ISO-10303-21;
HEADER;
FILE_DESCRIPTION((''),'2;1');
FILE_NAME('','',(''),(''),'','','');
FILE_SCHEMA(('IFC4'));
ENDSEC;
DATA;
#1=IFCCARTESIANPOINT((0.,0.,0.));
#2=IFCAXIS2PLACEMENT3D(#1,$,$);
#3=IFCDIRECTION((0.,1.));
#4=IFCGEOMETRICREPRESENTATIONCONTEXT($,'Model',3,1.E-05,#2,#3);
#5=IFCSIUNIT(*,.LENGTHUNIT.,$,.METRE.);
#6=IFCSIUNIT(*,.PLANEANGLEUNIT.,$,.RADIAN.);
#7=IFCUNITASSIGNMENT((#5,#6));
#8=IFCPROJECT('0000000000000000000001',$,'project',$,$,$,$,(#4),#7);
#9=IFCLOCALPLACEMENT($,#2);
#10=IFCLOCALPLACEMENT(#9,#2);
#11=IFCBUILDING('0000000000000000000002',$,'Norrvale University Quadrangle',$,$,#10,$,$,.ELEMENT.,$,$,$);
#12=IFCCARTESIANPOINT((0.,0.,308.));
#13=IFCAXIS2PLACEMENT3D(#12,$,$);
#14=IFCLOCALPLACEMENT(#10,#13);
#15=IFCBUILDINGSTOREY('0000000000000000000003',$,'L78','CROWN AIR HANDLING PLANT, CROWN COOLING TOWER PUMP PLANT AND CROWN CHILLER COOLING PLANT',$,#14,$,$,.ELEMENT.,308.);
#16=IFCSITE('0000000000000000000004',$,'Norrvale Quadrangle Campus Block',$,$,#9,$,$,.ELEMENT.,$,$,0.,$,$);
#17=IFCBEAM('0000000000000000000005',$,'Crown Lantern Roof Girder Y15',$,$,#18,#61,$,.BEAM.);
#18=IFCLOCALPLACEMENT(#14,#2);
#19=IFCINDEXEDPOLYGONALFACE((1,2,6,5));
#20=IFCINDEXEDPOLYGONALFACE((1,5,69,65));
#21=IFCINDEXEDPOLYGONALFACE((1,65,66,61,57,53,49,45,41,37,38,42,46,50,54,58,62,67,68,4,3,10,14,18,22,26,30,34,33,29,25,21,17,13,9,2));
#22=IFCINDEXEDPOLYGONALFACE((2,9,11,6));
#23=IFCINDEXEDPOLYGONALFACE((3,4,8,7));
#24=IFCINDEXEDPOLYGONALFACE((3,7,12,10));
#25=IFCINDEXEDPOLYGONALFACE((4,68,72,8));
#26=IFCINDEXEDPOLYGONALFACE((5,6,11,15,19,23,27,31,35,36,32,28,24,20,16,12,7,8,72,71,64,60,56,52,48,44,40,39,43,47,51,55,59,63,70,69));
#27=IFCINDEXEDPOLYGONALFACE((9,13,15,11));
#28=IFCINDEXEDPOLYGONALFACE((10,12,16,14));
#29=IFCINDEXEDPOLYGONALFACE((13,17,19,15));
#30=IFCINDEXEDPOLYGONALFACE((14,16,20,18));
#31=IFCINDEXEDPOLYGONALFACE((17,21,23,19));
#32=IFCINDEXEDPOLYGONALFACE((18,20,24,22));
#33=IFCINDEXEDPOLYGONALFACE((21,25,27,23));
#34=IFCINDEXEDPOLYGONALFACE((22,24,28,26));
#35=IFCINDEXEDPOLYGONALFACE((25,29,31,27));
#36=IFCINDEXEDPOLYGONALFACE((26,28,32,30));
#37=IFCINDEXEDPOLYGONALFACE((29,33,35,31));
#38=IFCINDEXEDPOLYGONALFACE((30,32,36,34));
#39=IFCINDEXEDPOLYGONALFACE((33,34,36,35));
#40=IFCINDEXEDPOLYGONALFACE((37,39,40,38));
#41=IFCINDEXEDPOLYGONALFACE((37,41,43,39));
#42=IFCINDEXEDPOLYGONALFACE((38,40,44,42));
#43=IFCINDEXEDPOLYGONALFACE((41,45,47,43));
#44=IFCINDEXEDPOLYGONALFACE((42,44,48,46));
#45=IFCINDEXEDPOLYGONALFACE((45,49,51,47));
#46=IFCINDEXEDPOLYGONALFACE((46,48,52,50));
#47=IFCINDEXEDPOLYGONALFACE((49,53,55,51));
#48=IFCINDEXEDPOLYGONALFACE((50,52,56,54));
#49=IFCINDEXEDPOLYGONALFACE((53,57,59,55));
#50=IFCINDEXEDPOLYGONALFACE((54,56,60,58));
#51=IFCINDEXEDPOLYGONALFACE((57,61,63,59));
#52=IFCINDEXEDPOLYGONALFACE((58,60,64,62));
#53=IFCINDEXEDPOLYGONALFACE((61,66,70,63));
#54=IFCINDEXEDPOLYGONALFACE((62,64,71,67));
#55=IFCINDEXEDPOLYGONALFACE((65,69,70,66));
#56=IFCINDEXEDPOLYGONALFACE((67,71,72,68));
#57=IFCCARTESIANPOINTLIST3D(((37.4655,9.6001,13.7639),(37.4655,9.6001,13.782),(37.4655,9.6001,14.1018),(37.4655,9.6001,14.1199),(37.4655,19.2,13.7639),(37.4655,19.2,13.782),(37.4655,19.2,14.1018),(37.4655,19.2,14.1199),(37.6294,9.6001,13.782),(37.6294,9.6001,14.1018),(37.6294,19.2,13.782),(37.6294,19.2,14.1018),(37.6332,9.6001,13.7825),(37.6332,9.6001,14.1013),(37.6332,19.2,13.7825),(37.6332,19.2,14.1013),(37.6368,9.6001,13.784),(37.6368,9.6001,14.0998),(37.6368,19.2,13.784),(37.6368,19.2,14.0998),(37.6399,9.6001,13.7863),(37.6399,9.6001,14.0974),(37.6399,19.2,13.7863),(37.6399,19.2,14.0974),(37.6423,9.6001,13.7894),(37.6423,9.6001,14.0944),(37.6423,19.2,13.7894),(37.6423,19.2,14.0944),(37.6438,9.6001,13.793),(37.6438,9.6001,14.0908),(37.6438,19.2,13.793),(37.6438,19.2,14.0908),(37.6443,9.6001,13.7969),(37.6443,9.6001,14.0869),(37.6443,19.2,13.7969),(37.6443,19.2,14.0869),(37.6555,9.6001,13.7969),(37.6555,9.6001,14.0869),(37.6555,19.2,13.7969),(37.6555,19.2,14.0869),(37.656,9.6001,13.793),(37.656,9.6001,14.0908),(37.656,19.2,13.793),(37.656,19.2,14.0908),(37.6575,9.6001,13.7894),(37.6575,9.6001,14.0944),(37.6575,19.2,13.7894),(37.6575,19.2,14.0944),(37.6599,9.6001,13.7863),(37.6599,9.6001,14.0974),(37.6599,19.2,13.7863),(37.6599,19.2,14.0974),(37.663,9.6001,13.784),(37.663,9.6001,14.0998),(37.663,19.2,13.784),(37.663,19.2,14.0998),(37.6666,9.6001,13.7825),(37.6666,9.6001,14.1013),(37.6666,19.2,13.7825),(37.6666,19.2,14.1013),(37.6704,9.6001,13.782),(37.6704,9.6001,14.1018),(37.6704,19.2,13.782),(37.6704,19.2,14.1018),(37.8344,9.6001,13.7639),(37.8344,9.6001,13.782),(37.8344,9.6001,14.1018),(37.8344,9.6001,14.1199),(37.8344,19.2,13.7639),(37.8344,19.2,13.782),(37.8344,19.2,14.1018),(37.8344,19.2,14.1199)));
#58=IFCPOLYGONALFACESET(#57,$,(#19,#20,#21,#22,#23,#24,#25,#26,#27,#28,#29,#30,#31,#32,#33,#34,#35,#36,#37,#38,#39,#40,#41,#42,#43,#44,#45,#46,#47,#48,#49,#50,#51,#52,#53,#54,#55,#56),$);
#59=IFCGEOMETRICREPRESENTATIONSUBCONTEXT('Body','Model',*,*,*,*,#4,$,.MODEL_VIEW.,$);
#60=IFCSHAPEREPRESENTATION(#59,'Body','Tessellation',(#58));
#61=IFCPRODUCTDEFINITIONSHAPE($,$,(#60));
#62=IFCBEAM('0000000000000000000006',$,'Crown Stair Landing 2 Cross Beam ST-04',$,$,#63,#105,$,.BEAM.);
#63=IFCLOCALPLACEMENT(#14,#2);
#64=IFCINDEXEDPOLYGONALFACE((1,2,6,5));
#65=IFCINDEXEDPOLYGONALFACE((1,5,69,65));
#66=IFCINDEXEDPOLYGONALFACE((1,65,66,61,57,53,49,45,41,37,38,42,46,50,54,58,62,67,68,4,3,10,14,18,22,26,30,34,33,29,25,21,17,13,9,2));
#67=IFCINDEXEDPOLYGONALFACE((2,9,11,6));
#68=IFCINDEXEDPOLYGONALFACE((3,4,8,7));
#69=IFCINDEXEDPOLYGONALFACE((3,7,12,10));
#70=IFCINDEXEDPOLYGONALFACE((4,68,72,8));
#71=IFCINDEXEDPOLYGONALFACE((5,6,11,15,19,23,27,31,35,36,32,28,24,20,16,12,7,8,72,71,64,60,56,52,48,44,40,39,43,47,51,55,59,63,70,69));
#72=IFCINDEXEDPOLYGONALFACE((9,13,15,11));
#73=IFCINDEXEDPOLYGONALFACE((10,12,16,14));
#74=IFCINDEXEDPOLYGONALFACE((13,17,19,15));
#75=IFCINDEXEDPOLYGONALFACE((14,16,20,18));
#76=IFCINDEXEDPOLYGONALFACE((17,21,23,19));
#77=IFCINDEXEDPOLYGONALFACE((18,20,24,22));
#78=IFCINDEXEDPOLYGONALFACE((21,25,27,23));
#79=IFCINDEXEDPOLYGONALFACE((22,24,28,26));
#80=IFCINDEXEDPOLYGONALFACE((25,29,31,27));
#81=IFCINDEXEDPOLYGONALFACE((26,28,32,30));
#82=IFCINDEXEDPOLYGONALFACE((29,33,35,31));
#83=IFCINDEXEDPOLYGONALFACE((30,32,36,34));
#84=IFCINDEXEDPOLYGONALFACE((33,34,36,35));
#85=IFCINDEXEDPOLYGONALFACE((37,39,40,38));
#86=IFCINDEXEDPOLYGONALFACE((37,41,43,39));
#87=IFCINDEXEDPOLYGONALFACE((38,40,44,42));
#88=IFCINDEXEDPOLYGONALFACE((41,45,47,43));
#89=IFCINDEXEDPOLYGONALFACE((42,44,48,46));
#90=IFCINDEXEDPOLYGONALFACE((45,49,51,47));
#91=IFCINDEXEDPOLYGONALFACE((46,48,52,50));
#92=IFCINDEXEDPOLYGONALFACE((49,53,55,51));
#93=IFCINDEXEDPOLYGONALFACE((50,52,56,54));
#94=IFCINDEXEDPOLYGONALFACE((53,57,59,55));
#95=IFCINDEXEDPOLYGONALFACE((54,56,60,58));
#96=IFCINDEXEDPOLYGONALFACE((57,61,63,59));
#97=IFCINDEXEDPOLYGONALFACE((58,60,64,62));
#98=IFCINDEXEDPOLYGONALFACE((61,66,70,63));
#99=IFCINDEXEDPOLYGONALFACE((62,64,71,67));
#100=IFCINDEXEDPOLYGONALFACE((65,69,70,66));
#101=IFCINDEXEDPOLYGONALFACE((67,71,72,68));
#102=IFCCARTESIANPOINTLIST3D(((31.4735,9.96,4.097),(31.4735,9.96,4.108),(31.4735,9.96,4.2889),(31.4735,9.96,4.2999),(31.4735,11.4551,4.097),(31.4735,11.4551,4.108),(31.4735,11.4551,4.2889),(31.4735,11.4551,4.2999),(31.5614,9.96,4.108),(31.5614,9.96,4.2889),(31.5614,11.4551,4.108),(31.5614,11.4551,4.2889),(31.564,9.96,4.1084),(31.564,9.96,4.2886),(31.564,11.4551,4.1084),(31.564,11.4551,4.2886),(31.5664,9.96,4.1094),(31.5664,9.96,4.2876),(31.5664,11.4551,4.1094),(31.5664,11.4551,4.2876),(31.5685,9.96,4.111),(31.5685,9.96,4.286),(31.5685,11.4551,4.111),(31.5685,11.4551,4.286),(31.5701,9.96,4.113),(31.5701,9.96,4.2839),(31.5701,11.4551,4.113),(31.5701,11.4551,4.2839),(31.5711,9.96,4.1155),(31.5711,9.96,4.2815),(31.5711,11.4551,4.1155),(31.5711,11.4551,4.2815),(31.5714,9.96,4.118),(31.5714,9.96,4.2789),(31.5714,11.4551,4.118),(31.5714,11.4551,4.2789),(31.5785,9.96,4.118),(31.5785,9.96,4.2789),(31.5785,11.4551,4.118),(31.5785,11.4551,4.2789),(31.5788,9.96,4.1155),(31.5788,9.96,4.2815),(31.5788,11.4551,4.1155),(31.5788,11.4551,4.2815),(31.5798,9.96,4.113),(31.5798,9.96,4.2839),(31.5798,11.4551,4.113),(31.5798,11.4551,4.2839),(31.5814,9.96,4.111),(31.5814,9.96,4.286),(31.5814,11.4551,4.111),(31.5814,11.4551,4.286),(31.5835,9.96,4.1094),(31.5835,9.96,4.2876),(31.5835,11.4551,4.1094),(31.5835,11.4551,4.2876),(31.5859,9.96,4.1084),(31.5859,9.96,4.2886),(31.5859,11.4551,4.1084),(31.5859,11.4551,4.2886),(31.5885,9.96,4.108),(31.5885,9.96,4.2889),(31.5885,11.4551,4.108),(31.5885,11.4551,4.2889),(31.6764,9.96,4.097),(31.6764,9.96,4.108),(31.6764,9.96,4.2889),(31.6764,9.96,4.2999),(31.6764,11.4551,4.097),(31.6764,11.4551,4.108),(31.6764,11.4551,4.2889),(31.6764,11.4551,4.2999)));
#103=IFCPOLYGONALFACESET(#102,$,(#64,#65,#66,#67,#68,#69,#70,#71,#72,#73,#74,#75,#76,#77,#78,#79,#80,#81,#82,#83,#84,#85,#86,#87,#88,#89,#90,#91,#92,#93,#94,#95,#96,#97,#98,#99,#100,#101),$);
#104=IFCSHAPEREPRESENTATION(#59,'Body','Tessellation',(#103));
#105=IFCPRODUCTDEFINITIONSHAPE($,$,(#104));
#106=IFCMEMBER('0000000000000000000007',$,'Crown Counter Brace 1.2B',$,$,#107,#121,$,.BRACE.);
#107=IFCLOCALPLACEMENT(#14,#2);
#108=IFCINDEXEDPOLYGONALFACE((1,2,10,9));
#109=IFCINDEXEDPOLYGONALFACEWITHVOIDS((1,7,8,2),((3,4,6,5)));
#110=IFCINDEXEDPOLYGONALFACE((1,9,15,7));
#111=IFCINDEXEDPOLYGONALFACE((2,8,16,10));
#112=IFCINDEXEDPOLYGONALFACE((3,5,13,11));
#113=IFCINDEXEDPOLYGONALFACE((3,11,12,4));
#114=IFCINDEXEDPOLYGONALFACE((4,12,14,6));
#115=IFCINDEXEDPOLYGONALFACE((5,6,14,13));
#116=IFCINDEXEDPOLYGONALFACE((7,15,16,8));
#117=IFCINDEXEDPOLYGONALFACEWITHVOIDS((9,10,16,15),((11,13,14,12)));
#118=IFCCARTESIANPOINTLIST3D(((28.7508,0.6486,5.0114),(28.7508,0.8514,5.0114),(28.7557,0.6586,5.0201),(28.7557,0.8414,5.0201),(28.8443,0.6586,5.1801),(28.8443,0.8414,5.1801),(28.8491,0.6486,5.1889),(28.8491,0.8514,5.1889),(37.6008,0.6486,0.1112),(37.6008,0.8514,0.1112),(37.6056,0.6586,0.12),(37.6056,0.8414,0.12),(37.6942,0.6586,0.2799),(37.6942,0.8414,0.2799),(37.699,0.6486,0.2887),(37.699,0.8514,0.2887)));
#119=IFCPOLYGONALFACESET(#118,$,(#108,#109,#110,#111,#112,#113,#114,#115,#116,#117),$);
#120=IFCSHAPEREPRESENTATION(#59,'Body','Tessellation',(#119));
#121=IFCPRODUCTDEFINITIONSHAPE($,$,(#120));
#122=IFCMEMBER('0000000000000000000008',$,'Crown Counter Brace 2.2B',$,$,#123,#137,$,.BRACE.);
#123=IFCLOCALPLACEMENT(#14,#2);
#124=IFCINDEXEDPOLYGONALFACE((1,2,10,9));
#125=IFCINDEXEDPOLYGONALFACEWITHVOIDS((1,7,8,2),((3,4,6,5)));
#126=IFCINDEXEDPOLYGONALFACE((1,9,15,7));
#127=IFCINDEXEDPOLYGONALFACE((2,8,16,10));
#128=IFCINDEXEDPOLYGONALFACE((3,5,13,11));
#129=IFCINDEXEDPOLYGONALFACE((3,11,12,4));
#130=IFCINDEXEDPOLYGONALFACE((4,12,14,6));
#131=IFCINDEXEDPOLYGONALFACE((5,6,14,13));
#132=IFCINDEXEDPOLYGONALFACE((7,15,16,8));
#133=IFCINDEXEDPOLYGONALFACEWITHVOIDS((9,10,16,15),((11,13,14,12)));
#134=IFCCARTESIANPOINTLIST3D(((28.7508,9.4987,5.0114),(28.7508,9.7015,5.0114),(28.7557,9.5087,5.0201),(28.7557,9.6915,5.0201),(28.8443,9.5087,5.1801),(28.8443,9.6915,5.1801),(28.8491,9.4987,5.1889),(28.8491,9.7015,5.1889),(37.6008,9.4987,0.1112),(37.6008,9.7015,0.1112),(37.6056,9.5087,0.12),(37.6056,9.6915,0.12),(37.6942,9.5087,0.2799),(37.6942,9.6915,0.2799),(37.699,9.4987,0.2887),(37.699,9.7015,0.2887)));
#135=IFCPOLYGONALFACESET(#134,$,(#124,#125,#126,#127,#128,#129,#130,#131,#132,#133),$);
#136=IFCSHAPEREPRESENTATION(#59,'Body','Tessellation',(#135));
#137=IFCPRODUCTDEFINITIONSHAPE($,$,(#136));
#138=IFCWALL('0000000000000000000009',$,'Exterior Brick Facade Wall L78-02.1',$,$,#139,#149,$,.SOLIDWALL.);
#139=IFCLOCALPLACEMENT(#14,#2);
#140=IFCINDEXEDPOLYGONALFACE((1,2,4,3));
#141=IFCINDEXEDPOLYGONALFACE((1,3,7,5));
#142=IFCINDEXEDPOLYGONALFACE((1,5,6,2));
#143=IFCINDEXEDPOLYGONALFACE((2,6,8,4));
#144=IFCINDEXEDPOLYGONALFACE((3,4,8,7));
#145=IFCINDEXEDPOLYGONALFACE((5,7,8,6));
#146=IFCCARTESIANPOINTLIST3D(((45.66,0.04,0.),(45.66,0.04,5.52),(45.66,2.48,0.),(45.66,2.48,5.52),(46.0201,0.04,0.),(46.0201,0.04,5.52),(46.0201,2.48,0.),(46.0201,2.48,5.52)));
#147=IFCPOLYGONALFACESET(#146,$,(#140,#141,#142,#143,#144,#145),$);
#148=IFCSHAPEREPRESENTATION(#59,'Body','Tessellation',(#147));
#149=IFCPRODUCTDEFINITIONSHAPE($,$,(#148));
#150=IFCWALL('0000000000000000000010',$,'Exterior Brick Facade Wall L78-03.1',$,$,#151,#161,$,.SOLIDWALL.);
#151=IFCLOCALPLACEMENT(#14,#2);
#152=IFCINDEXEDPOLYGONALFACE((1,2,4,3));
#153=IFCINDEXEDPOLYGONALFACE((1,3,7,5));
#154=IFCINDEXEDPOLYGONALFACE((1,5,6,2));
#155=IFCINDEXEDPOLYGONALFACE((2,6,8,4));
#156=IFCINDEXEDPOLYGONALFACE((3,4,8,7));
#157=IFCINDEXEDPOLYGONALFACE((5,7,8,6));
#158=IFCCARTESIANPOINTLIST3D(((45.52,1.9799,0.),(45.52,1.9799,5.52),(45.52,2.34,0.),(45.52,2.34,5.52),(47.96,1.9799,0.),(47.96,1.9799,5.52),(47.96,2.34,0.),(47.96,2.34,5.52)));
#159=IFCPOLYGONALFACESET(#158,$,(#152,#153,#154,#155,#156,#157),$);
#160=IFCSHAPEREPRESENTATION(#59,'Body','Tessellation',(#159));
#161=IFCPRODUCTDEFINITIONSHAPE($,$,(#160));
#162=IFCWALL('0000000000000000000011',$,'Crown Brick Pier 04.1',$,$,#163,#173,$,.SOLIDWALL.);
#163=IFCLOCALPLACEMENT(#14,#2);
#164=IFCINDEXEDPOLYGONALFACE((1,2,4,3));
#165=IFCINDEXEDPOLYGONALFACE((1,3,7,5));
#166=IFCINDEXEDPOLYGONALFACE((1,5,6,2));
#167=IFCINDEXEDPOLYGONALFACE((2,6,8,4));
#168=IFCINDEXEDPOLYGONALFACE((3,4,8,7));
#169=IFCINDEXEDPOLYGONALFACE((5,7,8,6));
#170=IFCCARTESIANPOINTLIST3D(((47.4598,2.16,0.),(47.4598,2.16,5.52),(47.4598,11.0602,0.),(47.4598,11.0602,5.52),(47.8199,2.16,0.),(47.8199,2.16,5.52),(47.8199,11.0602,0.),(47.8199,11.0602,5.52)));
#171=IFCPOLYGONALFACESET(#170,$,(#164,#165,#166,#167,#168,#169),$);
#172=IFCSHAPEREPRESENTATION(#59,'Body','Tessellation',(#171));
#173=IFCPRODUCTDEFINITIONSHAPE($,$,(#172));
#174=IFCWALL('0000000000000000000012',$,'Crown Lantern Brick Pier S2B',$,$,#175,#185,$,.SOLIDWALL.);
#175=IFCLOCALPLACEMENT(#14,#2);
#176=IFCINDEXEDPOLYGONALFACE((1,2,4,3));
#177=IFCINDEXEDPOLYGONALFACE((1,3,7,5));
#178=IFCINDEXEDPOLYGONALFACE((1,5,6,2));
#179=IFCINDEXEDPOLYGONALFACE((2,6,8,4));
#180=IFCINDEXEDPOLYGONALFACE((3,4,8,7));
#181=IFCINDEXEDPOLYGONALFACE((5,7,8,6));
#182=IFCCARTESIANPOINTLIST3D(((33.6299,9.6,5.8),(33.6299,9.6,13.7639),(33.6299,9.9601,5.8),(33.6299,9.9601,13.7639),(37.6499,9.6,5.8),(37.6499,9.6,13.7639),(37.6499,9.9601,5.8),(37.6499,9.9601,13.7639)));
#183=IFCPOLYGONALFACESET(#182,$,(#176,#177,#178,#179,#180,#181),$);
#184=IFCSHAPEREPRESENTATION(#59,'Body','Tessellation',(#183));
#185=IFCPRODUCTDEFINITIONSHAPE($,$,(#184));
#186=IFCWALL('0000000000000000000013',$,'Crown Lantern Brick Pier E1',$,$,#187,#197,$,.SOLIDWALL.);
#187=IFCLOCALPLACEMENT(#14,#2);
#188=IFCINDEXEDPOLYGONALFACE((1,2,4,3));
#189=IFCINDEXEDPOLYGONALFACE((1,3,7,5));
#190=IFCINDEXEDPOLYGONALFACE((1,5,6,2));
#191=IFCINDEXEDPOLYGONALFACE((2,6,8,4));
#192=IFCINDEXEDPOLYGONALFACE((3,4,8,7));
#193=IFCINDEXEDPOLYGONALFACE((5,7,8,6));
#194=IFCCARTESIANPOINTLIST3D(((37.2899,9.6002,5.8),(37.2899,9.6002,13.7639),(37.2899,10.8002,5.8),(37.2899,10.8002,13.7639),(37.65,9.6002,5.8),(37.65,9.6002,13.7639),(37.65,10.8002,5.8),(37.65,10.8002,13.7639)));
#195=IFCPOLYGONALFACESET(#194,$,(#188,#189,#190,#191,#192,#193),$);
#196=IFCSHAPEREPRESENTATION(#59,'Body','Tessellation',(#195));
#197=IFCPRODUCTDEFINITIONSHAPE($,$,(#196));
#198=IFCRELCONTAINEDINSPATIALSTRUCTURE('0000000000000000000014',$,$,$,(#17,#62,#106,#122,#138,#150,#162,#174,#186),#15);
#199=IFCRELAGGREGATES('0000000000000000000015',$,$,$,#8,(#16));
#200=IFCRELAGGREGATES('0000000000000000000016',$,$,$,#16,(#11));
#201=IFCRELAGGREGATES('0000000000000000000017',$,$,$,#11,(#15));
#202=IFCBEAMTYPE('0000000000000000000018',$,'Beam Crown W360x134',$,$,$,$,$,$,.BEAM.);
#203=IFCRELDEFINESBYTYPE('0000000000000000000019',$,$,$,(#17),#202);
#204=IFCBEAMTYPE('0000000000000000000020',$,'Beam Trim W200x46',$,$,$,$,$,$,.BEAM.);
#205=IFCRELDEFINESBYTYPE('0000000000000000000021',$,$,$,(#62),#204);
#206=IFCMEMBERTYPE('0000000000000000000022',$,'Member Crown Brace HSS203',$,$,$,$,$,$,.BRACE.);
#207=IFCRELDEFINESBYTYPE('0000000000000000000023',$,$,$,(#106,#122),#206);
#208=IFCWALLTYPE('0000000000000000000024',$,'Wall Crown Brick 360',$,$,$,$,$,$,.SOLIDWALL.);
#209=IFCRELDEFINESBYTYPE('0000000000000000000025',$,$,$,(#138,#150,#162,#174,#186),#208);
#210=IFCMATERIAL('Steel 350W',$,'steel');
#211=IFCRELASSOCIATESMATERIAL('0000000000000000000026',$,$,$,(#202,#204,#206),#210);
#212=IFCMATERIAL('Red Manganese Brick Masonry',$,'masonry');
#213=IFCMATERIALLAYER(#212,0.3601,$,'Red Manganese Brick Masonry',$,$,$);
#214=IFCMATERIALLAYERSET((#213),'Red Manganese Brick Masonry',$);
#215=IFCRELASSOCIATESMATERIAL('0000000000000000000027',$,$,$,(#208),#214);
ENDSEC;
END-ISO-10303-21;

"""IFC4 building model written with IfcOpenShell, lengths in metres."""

from ifc_helpers import new_model, si_unit, direction, frame, frame_2d, origin, origin_2d, place, context, subcontext, project, spatial, rectangle, hollow_rectangle, i_section, extrude, material, layer, layer_set, material_profile, profile_set, type_object, element, save


model = new_model("IFC4")

# Units and contexts
model_context = context("Model", 3, precision=1e-05, world=origin(), true_north=direction((0.0, 1.0)))
body_context = subcontext(model_context, "Body", "Model", "MODEL_VIEW")
ifc_project = project(units=[si_unit("LENGTHUNIT", "METRE"), si_unit("PLANEANGLEUNIT", "RADIAN")], contexts=[model_context])

# Site, building, storey
site_placement = place(None, origin())
site = spatial("IfcSite", under=ifc_project, at=site_placement, Name="Norrvale Quadrangle Campus Block", CompositionType="ELEMENT", RefElevation=0.0)
building_placement = place(site_placement, origin())
building = spatial("IfcBuilding", under=site, at=building_placement, Name="Norrvale University Quadrangle", CompositionType="ELEMENT")
storey_placement = place(building_placement, frame((0.0, 0.0, 308.0)))
storey = spatial("IfcBuildingStorey", under=building, at=storey_placement, Name="L78", Description="CROWN AIR HANDLING PLANT, CROWN COOLING TOWER PUMP PLANT AND CROWN CHILLER COOLING PLANT", CompositionType="ELEMENT", Elevation=308.0)

# Shared definitions
ifc_material_1 = material(Name="Steel 350W", Category="steel")

# Beams
ifc_material_profile_1 = material_profile(ifc_material_1, i_section(OverallWidth=0.3689, OverallDepth=0.356, WebThickness=0.0112, FlangeThickness=0.0181, FilletRadius=0.0149, at=origin_2d()), Name="Steel 350W")
ifc_profile_set_1 = profile_set([ifc_material_profile_1], Name="Steel 350W")
beam_type_1 = type_object("IfcBeamType", Name="Beam Crown W360x134", PredefinedType="BEAM", material=ifc_profile_set_1)
for number, where, z_axis, x_axis, name in (
    (1, (37.6499, 9.6001, 13.9419), (0.0, 1.0, 0.0), (-1.0, 0.0, 0.0), "Crown Lantern Roof Girder Y15"),
):
    element("IfcBeam", number, at=place(storey_placement, frame(where, z_axis=z_axis, x_axis=x_axis)), inside=storey, type_object=beam_type_1, Name=name, PredefinedType="BEAM", context=body_context, shape_type="SweptSolid", body=[
        extrude(i_section(OverallWidth=0.3689, OverallDepth=0.356, WebThickness=0.0112, FlangeThickness=0.0181, FilletRadius=0.0149, at=origin_2d()), origin(), (0.0, 0.0, 1.0), 9.5999),
    ])
ifc_material_profile_2 = material_profile(ifc_material_1, i_section(OverallWidth=0.2029, OverallDepth=0.2029, WebThickness=0.0071, FlangeThickness=0.011, FilletRadius=0.01, at=origin_2d()), Name="Steel 350W")
ifc_profile_set_2 = profile_set([ifc_material_profile_2], Name="Steel 350W")
beam_type_2 = type_object("IfcBeamType", Name="Beam Trim W200x46", PredefinedType="BEAM", material=ifc_profile_set_2)
beam_1_placement = place(storey_placement, frame((31.575, 9.96, 4.1985), z_axis=(0.0, 1.0, 0.0), x_axis=(-1.0, 0.0, 0.0)))
element("IfcBeam", 2, at=beam_1_placement, inside=storey, type_object=beam_type_2, Name="Crown Stair Landing 2 Cross Beam ST-04", PredefinedType="BEAM", context=body_context, shape_type="SweptSolid", body=[
    extrude(i_section(OverallWidth=0.2029, OverallDepth=0.2029, WebThickness=0.0071, FlangeThickness=0.011, FilletRadius=0.01, at=origin_2d()), origin(), (0.0, 0.0, 1.0), 1.4951),
])

# Members
ifc_material_profile_3 = material_profile(ifc_material_1, hollow_rectangle(XDim=0.2029, YDim=0.2029, WallThickness=0.01, at=origin_2d()), Name="Steel 350W")
ifc_profile_set_3 = profile_set([ifc_material_profile_3], Name="Steel 350W")
member_type = type_object("IfcMemberType", Name="Member Crown Brace HSS203", PredefinedType="BRACE", material=ifc_profile_set_3)
for number, where, z_axis, x_axis, name in (
    (3, (37.6499, 0.75, 0.2), (-0.874846, 0.0, 0.484401), (0.0, -1.0, 0.0), "Crown Counter Brace 1.2B"),
    (4, (37.6499, 9.6001, 0.2), (-0.874846, 0.0, 0.484401), (0.0, -1.0, 0.0), "Crown Counter Brace 2.2B"),
):
    element("IfcMember", number, at=place(storey_placement, frame(where, z_axis=z_axis, x_axis=x_axis)), inside=storey, type_object=member_type, Name=name, PredefinedType="BRACE", context=body_context, shape_type="SweptSolid", body=[
        extrude(hollow_rectangle(XDim=0.2029, YDim=0.2029, WallThickness=0.01, at=origin_2d()), origin(), (0.0, 0.0, 1.0), 10.116),
    ])

# Walls
ifc_material_2 = material(Name="Red Manganese Brick Masonry", Category="masonry")
ifc_layer_1 = layer(ifc_material_2, 0.3601, Name="Red Manganese Brick Masonry")
ifc_layer_set_1 = layer_set([ifc_layer_1], Name="Red Manganese Brick Masonry")
wall_type_1 = type_object("IfcWallType", Name="Wall Crown Brick 360", PredefinedType="SOLIDWALL", material=ifc_layer_set_1)
for number, where, z_axis, x_axis, name in (
    (5, (45.8401, 0.04, 0.0), (0.0, 0.0, 1.0), (0.0, 1.0, 0.0), "Exterior Brick Facade Wall L78-02.1"),
    (6, (45.52, 2.1599, 0.0), (0.0, 0.0, 1.0), (1.0, 0.0, 0.0), "Exterior Brick Facade Wall L78-03.1"),
):
    element("IfcWall", number, at=place(storey_placement, frame(where, z_axis=z_axis, x_axis=x_axis)), inside=storey, type_object=wall_type_1, Name=name, PredefinedType="SOLIDWALL", context=body_context, shape_type="SweptSolid", body=[
        extrude(rectangle(XDim=2.4399, YDim=0.3601, at=frame_2d((1.22, 0.0))), origin(), (0.0, 0.0, 1.0), 5.52),
    ])
wall_1_placement = place(storey_placement, frame((47.6399, 2.1599, 0.0), z_axis=(0.0, 0.0, 1.0), x_axis=(0.0, 1.0, 0.0)))
element("IfcWall", 7, at=wall_1_placement, inside=storey, type_object=wall_type_1, Name="Crown Brick Pier 04.1", PredefinedType="SOLIDWALL", context=body_context, shape_type="SweptSolid", body=[
    extrude(rectangle(XDim=8.9001, YDim=0.3601, at=frame_2d((4.4502, 0.0))), origin(), (0.0, 0.0, 1.0), 5.52),
])
wall_2_placement = place(storey_placement, frame((33.6299, 9.78, 5.8), z_axis=(0.0, 0.0, 1.0), x_axis=(1.0, 0.0, 0.0)))
element("IfcWall", 8, at=wall_2_placement, inside=storey, type_object=wall_type_1, Name="Crown Lantern Brick Pier S2B", PredefinedType="SOLIDWALL", context=body_context, shape_type="SweptSolid", body=[
    extrude(rectangle(XDim=4.02, YDim=0.3601, at=frame_2d((2.01, 0.0))), origin(), (0.0, 0.0, 1.0), 7.9639),
])
wall_3_placement = place(storey_placement, frame((37.47, 9.6001, 5.8), z_axis=(0.0, 0.0, 1.0), x_axis=(0.0, 1.0, 0.0)))
element("IfcWall", 9, at=wall_3_placement, inside=storey, type_object=wall_type_1, Name="Crown Lantern Brick Pier E1", PredefinedType="SOLIDWALL", context=body_context, shape_type="SweptSolid", body=[
    extrude(rectangle(XDim=1.2, YDim=0.3601, at=frame_2d((0.6001, 0.0))), origin(), (0.0, 0.0, 1.0), 7.9639),
])

save(model, "model.ifc")
